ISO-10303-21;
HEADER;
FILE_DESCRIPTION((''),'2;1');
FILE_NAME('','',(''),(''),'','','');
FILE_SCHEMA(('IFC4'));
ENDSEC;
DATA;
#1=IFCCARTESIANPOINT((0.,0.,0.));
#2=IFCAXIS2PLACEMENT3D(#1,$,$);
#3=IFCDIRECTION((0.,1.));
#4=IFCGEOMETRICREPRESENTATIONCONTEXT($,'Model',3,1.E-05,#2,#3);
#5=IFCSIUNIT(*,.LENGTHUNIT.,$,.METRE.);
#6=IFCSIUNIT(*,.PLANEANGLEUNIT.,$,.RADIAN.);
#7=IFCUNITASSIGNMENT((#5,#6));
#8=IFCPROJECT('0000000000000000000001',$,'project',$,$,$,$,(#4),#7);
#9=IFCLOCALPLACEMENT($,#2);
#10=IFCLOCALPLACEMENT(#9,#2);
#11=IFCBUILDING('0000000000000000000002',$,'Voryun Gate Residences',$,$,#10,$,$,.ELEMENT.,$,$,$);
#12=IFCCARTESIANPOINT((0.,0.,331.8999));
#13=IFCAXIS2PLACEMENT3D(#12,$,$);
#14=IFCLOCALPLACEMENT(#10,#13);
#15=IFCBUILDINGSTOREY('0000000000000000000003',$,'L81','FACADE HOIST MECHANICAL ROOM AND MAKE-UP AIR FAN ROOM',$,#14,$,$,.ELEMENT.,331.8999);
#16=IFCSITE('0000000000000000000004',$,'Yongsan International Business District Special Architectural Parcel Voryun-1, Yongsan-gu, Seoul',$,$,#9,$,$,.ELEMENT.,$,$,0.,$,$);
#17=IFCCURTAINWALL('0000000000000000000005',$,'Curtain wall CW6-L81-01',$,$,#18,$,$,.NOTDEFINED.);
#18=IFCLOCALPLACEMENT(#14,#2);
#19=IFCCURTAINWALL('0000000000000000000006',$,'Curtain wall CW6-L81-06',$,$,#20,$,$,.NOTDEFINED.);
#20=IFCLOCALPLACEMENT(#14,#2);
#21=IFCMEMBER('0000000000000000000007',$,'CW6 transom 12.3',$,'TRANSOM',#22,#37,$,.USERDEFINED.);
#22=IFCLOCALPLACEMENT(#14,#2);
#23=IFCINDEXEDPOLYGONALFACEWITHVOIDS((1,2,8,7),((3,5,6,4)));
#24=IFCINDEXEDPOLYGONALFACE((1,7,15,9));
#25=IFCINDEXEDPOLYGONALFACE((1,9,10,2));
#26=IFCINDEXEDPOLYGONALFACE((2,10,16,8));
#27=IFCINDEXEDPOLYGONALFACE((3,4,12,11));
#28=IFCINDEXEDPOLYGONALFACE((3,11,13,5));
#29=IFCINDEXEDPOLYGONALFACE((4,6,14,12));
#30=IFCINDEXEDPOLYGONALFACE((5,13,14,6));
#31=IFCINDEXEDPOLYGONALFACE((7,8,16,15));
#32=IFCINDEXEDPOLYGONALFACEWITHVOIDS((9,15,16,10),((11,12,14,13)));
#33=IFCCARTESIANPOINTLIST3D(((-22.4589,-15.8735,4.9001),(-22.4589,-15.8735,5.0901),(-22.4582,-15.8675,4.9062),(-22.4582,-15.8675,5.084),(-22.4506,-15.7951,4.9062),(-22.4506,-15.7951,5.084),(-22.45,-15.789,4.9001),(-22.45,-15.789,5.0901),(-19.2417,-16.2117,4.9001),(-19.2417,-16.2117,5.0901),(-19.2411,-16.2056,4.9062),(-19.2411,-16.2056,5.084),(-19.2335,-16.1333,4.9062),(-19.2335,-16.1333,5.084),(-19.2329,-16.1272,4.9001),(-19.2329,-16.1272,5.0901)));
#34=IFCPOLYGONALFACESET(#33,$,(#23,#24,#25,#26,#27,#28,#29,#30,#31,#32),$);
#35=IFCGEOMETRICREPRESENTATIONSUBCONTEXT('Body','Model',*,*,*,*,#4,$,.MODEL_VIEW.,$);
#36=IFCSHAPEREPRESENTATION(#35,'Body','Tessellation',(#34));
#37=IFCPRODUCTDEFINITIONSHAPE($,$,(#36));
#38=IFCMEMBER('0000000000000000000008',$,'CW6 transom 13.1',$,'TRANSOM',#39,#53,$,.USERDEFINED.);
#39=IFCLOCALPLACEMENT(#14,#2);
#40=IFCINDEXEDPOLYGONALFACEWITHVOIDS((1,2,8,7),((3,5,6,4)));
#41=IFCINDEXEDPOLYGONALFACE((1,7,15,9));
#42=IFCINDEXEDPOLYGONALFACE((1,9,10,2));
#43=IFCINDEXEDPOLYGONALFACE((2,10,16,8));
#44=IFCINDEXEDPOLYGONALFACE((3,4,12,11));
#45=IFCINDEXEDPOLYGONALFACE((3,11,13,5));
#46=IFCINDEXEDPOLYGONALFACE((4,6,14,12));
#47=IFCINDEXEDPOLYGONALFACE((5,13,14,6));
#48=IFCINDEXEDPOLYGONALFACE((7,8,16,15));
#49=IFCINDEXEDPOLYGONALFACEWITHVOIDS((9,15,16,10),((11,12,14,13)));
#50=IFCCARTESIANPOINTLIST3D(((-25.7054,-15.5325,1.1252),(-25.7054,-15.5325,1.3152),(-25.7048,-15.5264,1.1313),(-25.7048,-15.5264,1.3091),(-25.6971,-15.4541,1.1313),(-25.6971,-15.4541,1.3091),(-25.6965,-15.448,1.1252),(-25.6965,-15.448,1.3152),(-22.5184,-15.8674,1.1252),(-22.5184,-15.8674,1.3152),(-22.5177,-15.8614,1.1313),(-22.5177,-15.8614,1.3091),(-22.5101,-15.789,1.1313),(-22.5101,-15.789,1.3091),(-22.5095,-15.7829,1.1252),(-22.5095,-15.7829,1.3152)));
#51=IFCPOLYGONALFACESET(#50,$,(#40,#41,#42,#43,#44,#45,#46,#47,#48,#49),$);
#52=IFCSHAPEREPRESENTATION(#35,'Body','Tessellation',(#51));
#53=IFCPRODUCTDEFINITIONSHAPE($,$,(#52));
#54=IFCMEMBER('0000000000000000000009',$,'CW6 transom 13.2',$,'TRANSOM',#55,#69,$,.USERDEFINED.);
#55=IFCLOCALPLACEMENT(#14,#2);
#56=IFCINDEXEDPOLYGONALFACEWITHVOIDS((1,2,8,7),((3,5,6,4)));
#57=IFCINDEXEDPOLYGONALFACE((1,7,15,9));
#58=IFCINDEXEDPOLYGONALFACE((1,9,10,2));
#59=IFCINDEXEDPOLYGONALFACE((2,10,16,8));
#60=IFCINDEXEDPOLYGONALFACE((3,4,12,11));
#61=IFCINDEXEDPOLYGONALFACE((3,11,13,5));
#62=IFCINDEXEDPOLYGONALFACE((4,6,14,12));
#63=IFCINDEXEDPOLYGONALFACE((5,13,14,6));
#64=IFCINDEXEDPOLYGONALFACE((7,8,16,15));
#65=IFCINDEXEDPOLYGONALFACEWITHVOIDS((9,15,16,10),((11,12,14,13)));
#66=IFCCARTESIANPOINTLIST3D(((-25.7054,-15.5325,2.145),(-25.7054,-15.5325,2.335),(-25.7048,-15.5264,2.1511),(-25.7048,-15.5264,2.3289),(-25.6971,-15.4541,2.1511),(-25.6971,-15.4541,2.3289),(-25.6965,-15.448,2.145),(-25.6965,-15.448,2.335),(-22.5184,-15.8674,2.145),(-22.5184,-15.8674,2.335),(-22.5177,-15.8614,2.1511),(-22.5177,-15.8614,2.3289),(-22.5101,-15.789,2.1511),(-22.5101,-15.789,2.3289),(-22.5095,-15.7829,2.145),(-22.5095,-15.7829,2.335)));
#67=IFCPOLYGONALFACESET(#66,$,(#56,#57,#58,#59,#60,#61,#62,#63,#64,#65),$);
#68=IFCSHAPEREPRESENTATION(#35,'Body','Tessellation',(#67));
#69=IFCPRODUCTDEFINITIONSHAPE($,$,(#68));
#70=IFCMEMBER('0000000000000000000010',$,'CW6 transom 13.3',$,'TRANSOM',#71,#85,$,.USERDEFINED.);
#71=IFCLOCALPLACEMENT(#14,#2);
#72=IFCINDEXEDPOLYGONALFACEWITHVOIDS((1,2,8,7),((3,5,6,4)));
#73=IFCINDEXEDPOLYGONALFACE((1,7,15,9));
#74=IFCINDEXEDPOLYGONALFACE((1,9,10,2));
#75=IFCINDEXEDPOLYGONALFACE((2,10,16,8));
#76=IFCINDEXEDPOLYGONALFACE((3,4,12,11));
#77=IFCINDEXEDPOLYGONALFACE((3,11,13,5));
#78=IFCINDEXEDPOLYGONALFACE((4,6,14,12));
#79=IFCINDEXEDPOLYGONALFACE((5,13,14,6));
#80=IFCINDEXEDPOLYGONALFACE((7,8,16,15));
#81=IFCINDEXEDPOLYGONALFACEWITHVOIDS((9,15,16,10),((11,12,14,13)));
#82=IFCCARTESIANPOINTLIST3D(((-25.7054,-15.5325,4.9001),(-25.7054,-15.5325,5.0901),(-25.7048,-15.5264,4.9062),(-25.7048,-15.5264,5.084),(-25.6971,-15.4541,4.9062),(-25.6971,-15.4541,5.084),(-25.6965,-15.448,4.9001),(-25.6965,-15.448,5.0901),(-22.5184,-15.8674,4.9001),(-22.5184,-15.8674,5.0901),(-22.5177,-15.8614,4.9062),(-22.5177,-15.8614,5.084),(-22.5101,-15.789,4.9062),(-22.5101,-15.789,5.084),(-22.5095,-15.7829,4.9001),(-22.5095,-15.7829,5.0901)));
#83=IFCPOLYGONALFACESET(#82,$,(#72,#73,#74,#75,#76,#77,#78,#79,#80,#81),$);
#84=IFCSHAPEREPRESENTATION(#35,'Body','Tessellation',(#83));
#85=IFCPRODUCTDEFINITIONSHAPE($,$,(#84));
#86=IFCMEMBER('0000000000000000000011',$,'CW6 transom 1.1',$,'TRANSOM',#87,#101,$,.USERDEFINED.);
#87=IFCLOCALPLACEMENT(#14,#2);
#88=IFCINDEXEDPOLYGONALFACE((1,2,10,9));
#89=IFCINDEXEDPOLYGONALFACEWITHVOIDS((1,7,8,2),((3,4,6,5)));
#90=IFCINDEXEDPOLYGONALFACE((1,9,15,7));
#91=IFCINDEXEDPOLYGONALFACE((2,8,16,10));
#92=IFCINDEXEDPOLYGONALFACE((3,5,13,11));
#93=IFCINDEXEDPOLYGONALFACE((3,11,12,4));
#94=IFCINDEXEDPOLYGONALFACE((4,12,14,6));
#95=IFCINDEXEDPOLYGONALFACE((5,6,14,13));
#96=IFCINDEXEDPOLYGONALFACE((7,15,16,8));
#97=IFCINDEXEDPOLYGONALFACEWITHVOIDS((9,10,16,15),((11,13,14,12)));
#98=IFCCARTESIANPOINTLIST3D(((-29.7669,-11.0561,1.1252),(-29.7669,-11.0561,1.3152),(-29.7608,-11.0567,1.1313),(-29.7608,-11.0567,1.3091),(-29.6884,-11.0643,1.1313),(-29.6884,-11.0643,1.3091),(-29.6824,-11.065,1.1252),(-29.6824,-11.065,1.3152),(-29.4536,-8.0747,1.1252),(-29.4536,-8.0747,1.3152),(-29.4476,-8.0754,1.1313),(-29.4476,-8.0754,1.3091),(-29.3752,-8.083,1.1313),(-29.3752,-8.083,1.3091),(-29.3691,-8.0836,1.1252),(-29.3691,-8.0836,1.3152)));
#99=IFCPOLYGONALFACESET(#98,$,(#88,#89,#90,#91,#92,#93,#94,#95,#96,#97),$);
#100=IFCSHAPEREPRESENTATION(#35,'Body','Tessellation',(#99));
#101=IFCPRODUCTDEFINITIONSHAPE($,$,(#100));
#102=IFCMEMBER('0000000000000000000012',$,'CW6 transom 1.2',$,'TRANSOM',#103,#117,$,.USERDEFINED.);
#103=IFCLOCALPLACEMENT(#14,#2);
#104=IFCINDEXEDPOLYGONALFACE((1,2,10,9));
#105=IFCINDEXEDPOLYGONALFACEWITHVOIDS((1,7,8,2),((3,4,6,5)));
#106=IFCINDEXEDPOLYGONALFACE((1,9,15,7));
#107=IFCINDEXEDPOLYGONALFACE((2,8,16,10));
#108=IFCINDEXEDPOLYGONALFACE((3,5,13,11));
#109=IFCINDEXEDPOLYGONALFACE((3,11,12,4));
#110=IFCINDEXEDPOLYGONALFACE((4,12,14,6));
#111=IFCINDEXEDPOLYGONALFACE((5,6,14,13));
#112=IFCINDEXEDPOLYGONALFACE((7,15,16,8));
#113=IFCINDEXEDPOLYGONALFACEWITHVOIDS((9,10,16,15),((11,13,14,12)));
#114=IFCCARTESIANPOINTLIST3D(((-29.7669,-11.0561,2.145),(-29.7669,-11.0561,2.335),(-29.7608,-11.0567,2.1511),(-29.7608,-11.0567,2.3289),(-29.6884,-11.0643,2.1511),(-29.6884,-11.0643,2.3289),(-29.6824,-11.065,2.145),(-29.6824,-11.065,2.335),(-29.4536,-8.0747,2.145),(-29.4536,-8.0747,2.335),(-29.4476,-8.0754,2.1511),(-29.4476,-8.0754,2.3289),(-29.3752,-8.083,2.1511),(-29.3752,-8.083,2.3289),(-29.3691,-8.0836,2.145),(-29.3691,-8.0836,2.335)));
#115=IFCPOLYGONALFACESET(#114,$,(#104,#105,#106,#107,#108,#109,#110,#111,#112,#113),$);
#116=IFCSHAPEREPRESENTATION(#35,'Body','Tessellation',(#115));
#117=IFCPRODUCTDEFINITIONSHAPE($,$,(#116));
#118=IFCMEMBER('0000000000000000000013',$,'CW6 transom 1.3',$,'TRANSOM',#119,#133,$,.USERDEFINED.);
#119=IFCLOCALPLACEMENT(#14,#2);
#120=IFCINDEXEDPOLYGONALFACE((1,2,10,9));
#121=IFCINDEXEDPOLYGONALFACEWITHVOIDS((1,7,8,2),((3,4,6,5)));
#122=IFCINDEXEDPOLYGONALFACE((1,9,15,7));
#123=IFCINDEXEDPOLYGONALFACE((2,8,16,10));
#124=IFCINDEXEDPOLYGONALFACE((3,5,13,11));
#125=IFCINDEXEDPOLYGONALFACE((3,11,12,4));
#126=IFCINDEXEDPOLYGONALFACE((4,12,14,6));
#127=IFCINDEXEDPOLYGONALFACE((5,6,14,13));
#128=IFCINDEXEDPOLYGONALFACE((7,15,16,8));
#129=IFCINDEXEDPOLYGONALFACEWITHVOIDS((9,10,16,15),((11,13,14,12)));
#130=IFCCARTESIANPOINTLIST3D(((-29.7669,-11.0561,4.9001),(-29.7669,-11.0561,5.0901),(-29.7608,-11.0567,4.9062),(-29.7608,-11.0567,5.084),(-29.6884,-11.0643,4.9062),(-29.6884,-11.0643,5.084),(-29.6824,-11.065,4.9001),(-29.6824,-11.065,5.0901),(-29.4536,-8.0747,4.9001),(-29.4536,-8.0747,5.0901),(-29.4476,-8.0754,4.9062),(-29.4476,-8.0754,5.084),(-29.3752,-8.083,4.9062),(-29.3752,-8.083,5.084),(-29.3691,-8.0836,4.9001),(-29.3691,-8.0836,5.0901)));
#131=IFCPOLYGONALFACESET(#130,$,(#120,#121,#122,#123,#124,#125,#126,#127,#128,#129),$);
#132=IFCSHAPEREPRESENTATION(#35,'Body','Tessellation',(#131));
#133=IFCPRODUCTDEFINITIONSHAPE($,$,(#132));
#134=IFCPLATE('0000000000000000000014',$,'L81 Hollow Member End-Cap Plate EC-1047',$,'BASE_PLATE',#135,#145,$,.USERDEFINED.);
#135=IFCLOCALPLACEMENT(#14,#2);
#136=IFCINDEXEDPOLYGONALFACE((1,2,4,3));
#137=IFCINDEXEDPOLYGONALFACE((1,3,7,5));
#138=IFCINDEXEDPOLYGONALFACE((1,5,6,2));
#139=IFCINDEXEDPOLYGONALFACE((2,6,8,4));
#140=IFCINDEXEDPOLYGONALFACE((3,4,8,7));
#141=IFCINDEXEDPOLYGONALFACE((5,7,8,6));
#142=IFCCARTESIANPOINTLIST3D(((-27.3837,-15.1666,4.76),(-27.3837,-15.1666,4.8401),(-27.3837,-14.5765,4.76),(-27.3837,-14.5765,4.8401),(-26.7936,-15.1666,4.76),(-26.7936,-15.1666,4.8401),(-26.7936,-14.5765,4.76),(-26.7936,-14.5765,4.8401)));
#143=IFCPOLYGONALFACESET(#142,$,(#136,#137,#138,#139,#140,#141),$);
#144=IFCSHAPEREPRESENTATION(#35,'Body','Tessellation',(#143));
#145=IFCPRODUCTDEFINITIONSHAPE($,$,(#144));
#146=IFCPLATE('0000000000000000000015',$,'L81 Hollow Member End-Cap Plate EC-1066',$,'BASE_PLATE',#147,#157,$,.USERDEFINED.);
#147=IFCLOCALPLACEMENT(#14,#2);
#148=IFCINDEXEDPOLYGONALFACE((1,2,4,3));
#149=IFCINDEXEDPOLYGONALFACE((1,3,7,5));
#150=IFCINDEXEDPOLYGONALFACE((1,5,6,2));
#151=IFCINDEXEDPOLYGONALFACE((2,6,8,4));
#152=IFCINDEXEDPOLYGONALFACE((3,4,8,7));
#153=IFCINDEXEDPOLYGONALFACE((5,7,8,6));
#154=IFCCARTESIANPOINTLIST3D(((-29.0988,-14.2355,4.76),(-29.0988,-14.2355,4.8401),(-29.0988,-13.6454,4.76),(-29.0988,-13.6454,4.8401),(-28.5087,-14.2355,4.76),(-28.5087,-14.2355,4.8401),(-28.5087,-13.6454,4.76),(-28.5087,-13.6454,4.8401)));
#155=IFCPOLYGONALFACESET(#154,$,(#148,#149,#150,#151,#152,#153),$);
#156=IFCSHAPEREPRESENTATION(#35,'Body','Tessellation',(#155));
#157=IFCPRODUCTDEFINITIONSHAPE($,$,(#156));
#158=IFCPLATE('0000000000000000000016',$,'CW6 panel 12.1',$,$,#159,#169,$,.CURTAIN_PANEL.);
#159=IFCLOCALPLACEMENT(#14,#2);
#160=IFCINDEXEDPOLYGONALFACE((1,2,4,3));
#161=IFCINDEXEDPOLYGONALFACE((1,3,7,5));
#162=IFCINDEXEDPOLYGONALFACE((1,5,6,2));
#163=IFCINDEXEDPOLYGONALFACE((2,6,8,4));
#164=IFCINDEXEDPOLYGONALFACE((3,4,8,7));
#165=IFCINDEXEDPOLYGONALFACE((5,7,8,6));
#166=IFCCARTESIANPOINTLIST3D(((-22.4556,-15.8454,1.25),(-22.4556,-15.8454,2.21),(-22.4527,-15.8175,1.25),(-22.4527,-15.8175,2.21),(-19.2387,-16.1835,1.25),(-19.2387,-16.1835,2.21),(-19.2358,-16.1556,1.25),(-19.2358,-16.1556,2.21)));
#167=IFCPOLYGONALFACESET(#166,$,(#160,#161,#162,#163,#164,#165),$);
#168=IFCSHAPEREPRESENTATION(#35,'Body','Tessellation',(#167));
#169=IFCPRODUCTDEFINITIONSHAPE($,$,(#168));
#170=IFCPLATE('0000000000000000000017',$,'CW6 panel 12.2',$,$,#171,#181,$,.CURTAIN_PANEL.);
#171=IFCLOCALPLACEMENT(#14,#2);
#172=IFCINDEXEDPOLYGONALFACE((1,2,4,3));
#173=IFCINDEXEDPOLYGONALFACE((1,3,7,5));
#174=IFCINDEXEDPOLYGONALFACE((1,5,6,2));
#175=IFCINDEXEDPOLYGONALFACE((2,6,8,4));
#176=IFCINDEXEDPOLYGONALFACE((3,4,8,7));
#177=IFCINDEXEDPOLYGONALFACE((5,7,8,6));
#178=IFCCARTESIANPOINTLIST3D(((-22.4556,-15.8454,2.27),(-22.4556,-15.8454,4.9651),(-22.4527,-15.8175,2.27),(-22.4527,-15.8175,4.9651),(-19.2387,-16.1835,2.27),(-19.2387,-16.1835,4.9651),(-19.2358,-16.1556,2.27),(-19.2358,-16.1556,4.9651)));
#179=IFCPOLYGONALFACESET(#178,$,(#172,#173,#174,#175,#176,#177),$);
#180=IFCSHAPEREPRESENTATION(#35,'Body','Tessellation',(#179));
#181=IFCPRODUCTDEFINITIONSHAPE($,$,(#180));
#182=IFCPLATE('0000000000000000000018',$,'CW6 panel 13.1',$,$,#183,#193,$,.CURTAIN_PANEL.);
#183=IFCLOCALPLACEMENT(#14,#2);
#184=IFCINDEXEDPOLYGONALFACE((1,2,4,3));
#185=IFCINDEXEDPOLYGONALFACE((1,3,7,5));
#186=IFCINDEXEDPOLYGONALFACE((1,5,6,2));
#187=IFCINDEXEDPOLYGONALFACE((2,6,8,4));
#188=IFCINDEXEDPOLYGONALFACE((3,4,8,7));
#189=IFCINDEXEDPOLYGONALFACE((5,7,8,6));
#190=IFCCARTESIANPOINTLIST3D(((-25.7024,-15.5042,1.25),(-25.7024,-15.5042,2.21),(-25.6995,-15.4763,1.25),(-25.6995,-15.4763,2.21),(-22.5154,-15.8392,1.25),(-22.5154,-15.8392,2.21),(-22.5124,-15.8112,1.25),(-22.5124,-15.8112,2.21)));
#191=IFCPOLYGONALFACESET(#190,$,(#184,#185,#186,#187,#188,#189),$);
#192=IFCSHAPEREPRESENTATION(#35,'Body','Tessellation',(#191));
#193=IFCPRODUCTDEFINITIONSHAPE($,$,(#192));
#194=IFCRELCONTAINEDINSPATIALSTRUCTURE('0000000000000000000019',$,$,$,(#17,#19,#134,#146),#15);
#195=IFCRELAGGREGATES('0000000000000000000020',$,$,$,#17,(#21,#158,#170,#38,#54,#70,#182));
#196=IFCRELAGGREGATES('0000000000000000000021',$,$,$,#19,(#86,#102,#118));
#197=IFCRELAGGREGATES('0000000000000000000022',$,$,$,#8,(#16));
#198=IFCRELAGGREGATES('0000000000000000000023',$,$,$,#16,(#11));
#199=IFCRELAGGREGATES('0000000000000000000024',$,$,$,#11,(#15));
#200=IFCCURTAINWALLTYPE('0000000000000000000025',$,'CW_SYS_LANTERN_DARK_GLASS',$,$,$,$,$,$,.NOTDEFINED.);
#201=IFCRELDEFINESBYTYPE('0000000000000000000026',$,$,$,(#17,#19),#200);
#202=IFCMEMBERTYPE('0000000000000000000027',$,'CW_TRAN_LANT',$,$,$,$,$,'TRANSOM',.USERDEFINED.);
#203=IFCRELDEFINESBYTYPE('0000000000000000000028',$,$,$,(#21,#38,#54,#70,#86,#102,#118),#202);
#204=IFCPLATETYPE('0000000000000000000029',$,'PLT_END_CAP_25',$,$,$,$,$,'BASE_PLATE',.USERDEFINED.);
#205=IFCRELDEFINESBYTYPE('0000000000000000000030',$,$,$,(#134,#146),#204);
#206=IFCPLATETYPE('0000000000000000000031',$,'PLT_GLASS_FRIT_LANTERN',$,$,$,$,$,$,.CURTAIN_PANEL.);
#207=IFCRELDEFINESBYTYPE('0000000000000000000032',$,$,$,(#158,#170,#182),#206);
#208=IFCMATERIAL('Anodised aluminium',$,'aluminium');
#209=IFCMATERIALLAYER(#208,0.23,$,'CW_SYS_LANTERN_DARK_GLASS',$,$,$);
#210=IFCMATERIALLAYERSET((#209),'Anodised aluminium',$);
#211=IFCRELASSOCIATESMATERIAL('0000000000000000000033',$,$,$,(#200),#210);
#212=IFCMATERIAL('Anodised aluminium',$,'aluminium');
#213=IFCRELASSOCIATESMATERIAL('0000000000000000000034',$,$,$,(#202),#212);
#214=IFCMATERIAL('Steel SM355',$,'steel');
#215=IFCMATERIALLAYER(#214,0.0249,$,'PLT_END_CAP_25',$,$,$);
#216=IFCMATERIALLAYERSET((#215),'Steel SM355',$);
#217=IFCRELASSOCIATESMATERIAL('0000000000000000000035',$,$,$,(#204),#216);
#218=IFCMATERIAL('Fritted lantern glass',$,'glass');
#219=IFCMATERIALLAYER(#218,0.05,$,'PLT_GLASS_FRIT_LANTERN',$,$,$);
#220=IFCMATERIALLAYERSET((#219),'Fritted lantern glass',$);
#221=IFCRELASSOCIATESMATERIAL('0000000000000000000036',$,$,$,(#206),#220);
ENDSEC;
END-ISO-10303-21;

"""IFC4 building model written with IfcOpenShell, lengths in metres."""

from ifc_helpers import new_model, si_unit, direction, frame, origin, origin_2d, place, context, subcontext, project, spatial, rectangle, hollow_rectangle, extrude, material, layer, layer_set, material_profile, profile_set, type_object, element, aggregate, save


model = new_model("IFC4")

# Units and contexts
model_context = context("Model", 3, precision=1e-05, world=origin(), true_north=direction((0.0, 1.0)))
body_context = subcontext(model_context, "Body", "Model", "MODEL_VIEW")
ifc_project = project(units=[si_unit("LENGTHUNIT", "METRE"), si_unit("PLANEANGLEUNIT", "RADIAN")], contexts=[model_context])

# Site, building, storey
site_placement = place(None, origin())
site = spatial("IfcSite", under=ifc_project, at=site_placement, Name="Yongsan International Business District Special Architectural Parcel Voryun-1, Yongsan-gu, Seoul", CompositionType="ELEMENT", RefElevation=0.0)
building_placement = place(site_placement, origin())
building = spatial("IfcBuilding", under=site, at=building_placement, Name="Voryun Gate Residences", CompositionType="ELEMENT")
storey_placement = place(building_placement, frame((0.0, 0.0, 331.8999)))
storey = spatial("IfcBuildingStorey", under=building, at=storey_placement, Name="L81", Description="FACADE HOIST MECHANICAL ROOM AND MAKE-UP AIR FAN ROOM", CompositionType="ELEMENT", Elevation=331.8999)

# Curtain wall
ifc_material_1 = material(Name="Anodised aluminium", Category="aluminium")
ifc_layer_1 = layer(ifc_material_1, 0.23, Name="CW_SYS_LANTERN_DARK_GLASS")
ifc_layer_set_1 = layer_set([ifc_layer_1], Name="Anodised aluminium")
curtain_wall_type = type_object("IfcCurtainWallType", Name="CW_SYS_LANTERN_DARK_GLASS", PredefinedType="NOTDEFINED", material=ifc_layer_set_1)
curtain_wall_1_placement = place(storey_placement, origin())
curtain_wall_1 = element("IfcCurtainWall", 1, at=curtain_wall_1_placement, inside=storey, type_object=curtain_wall_type, Name="Curtain wall CW6-L81-01", PredefinedType="NOTDEFINED")

# Curtain wall
curtain_wall_2_placement = place(storey_placement, origin())
curtain_wall_2 = element("IfcCurtainWall", 2, at=curtain_wall_2_placement, inside=storey, type_object=curtain_wall_type, Name="Curtain wall CW6-L81-06", PredefinedType="NOTDEFINED")

# Members
ifc_material_2 = material(Name="Anodised aluminium", Category="aluminium")
ifc_material_profile_1 = material_profile(ifc_material_2, hollow_rectangle(XDim=0.085, YDim=0.1899, WallThickness=0.0061, at=origin_2d()), Name="ALU-TRAN-190x85x6")
ifc_profile_set_1 = profile_set([ifc_material_profile_1], Name="Anodised aluminium")
member_type_1 = type_object("IfcMemberType", Name="CW_TRAN_LANT", ElementType="TRANSOM", PredefinedType="USERDEFINED", material=ifc_profile_set_1)
member_1_placement = place(storey_placement, frame((-19.2373, -16.1694, 4.9951), z_axis=(-0.994522, 0.104532, 0.0), x_axis=(-0.104532, -0.994522, 0.0)))
member_1 = element("IfcMember", 3, at=member_1_placement, type_object=member_type_1, Name="CW6 transom 12.3", ObjectType="TRANSOM", PredefinedType="USERDEFINED", context=body_context, shape_type="SweptSolid", body=[
    extrude(hollow_rectangle(XDim=0.085, YDim=0.1899, WallThickness=0.0061, at=origin_2d()), origin(), (0.0, 0.0, 1.0), 3.2349),
])
member_2_placement = place(storey_placement, frame((-22.5139, -15.8252, 1.2202), z_axis=(-0.994522, 0.104526, 0.0), x_axis=(-0.104526, -0.994522, 0.0)))
member_2 = element("IfcMember", 4, at=member_2_placement, type_object=member_type_1, Name="CW6 transom 13.1", ObjectType="TRANSOM", PredefinedType="USERDEFINED", context=body_context, shape_type="SweptSolid", body=[
    extrude(hollow_rectangle(XDim=0.085, YDim=0.1899, WallThickness=0.0061, at=origin_2d()), origin(), (0.0, 0.0, 1.0), 3.2046),
])
member_3_placement = place(storey_placement, frame((-22.5139, -15.8252, 2.24), z_axis=(-0.994522, 0.104526, 0.0), x_axis=(-0.104526, -0.994522, 0.0)))
member_3 = element("IfcMember", 5, at=member_3_placement, type_object=member_type_1, Name="CW6 transom 13.2", ObjectType="TRANSOM", PredefinedType="USERDEFINED", context=body_context, shape_type="SweptSolid", body=[
    extrude(hollow_rectangle(XDim=0.085, YDim=0.1899, WallThickness=0.0061, at=origin_2d()), origin(), (0.0, 0.0, 1.0), 3.2046),
])
member_4_placement = place(storey_placement, frame((-22.5139, -15.8252, 4.9951), z_axis=(-0.994522, 0.104526, 0.0), x_axis=(-0.104526, -0.994522, 0.0)))
member_4 = element("IfcMember", 6, at=member_4_placement, type_object=member_type_1, Name="CW6 transom 13.3", ObjectType="TRANSOM", PredefinedType="USERDEFINED", context=body_context, shape_type="SweptSolid", body=[
    extrude(hollow_rectangle(XDim=0.085, YDim=0.1899, WallThickness=0.0061, at=origin_2d()), origin(), (0.0, 0.0, 1.0), 3.2046),
])
member_5_placement = place(storey_placement, frame((-29.7246, -11.0605, 1.2202), z_axis=(0.104486, 0.994526, 0.0), x_axis=(-0.994526, 0.104486, 0.0)))
member_5 = element("IfcMember", 7, at=member_5_placement, type_object=member_type_1, Name="CW6 transom 1.1", ObjectType="TRANSOM", PredefinedType="USERDEFINED", context=body_context, shape_type="SweptSolid", body=[
    extrude(hollow_rectangle(XDim=0.085, YDim=0.1899, WallThickness=0.0061, at=origin_2d()), origin(), (0.0, 0.0, 1.0), 2.9978),
])
member_6_placement = place(storey_placement, frame((-29.7246, -11.0605, 2.24), z_axis=(0.104486, 0.994526, 0.0), x_axis=(-0.994526, 0.104486, 0.0)))
member_6 = element("IfcMember", 8, at=member_6_placement, type_object=member_type_1, Name="CW6 transom 1.2", ObjectType="TRANSOM", PredefinedType="USERDEFINED", context=body_context, shape_type="SweptSolid", body=[
    extrude(hollow_rectangle(XDim=0.085, YDim=0.1899, WallThickness=0.0061, at=origin_2d()), origin(), (0.0, 0.0, 1.0), 2.9978),
])
member_7_placement = place(storey_placement, frame((-29.7246, -11.0605, 4.9951), z_axis=(0.104486, 0.994526, 0.0), x_axis=(-0.994526, 0.104486, 0.0)))
member_7 = element("IfcMember", 9, at=member_7_placement, type_object=member_type_1, Name="CW6 transom 1.3", ObjectType="TRANSOM", PredefinedType="USERDEFINED", context=body_context, shape_type="SweptSolid", body=[
    extrude(hollow_rectangle(XDim=0.085, YDim=0.1899, WallThickness=0.0061, at=origin_2d()), origin(), (0.0, 0.0, 1.0), 2.9978),
])

# Plates
ifc_material_3 = material(Name="Steel SM355", Category="steel")
ifc_layer_2 = layer(ifc_material_3, 0.0249, Name="PLT_END_CAP_25")
ifc_layer_set_2 = layer_set([ifc_layer_2], Name="Steel SM355")
plate_type_1 = type_object("IfcPlateType", Name="PLT_END_CAP_25", ElementType="BASE_PLATE", PredefinedType="USERDEFINED", material=ifc_layer_set_2)
for number, where, z_axis, x_axis, name in (
    (10, (-27.0886, -14.8716, 4.76), (0.0, 0.0, 1.0), (1.0, 0.0, 0.0), "L81 Hollow Member End-Cap Plate EC-1047"),
    (11, (-28.8037, -13.9404, 4.76), (0.0, 0.0, 1.0), (1.0, 0.0, 0.0), "L81 Hollow Member End-Cap Plate EC-1066"),
):
    element("IfcPlate", number, at=place(storey_placement, frame(where, z_axis=z_axis, x_axis=x_axis)), inside=storey, type_object=plate_type_1, Name=name, ObjectType="BASE_PLATE", PredefinedType="USERDEFINED", context=body_context, shape_type="SweptSolid", body=[
        extrude(rectangle(XDim=0.5901, YDim=0.5901, at=origin_2d()), origin(), (0.0, 0.0, 1.0), 0.0801),
    ])

# Plates
ifc_material_4 = material(Name="Fritted lantern glass", Category="glass")
ifc_layer_3 = layer(ifc_material_4, 0.05, Name="PLT_GLASS_FRIT_LANTERN")
ifc_layer_set_3 = layer_set([ifc_layer_3], Name="Fritted lantern glass")
plate_type_2 = type_object("IfcPlateType", Name="PLT_GLASS_FRIT_LANTERN", PredefinedType="CURTAIN_PANEL", material=ifc_layer_set_3)
plate_1_placement = place(storey_placement, frame((-20.8457, -16.0005, 1.25), z_axis=(0.0, 0.0, 1.0), x_axis=(-0.994522, 0.104528, 0.0)))
plate_1 = element("IfcPlate", 12, at=plate_1_placement, type_object=plate_type_2, Name="CW6 panel 12.1", PredefinedType="CURTAIN_PANEL", context=body_context, shape_type="SweptSolid", body=[
    extrude(rectangle(XDim=3.2346, YDim=0.0281, at=origin_2d()), origin(), (0.0, 0.0, 1.0), 0.96),
])
plate_2_placement = place(storey_placement, frame((-20.8457, -16.0005, 2.27), z_axis=(0.0, 0.0, 1.0), x_axis=(-0.994522, 0.104528, 0.0)))
plate_2 = element("IfcPlate", 13, at=plate_2_placement, type_object=plate_type_2, Name="CW6 panel 12.2", PredefinedType="CURTAIN_PANEL", context=body_context, shape_type="SweptSolid", body=[
    extrude(rectangle(XDim=3.2346, YDim=0.0281, at=origin_2d()), origin(), (0.0, 0.0, 1.0), 2.6951),
])
plate_3_placement = place(storey_placement, frame((-24.1074, -15.6577, 1.25), z_axis=(0.0, 0.0, 1.0), x_axis=(-0.994522, 0.104528, 0.0)))
plate_3 = element("IfcPlate", 14, at=plate_3_placement, type_object=plate_type_2, Name="CW6 panel 13.1", PredefinedType="CURTAIN_PANEL", context=body_context, shape_type="SweptSolid", body=[
    extrude(rectangle(XDim=3.2046, YDim=0.0281, at=origin_2d()), origin(), (0.0, 0.0, 1.0), 0.96),
])
aggregate(curtain_wall_1, [member_1, plate_1, plate_2, member_2, member_3, member_4, plate_3])
aggregate(curtain_wall_2, [member_5, member_6, member_7])

save(model, "model.ifc")
